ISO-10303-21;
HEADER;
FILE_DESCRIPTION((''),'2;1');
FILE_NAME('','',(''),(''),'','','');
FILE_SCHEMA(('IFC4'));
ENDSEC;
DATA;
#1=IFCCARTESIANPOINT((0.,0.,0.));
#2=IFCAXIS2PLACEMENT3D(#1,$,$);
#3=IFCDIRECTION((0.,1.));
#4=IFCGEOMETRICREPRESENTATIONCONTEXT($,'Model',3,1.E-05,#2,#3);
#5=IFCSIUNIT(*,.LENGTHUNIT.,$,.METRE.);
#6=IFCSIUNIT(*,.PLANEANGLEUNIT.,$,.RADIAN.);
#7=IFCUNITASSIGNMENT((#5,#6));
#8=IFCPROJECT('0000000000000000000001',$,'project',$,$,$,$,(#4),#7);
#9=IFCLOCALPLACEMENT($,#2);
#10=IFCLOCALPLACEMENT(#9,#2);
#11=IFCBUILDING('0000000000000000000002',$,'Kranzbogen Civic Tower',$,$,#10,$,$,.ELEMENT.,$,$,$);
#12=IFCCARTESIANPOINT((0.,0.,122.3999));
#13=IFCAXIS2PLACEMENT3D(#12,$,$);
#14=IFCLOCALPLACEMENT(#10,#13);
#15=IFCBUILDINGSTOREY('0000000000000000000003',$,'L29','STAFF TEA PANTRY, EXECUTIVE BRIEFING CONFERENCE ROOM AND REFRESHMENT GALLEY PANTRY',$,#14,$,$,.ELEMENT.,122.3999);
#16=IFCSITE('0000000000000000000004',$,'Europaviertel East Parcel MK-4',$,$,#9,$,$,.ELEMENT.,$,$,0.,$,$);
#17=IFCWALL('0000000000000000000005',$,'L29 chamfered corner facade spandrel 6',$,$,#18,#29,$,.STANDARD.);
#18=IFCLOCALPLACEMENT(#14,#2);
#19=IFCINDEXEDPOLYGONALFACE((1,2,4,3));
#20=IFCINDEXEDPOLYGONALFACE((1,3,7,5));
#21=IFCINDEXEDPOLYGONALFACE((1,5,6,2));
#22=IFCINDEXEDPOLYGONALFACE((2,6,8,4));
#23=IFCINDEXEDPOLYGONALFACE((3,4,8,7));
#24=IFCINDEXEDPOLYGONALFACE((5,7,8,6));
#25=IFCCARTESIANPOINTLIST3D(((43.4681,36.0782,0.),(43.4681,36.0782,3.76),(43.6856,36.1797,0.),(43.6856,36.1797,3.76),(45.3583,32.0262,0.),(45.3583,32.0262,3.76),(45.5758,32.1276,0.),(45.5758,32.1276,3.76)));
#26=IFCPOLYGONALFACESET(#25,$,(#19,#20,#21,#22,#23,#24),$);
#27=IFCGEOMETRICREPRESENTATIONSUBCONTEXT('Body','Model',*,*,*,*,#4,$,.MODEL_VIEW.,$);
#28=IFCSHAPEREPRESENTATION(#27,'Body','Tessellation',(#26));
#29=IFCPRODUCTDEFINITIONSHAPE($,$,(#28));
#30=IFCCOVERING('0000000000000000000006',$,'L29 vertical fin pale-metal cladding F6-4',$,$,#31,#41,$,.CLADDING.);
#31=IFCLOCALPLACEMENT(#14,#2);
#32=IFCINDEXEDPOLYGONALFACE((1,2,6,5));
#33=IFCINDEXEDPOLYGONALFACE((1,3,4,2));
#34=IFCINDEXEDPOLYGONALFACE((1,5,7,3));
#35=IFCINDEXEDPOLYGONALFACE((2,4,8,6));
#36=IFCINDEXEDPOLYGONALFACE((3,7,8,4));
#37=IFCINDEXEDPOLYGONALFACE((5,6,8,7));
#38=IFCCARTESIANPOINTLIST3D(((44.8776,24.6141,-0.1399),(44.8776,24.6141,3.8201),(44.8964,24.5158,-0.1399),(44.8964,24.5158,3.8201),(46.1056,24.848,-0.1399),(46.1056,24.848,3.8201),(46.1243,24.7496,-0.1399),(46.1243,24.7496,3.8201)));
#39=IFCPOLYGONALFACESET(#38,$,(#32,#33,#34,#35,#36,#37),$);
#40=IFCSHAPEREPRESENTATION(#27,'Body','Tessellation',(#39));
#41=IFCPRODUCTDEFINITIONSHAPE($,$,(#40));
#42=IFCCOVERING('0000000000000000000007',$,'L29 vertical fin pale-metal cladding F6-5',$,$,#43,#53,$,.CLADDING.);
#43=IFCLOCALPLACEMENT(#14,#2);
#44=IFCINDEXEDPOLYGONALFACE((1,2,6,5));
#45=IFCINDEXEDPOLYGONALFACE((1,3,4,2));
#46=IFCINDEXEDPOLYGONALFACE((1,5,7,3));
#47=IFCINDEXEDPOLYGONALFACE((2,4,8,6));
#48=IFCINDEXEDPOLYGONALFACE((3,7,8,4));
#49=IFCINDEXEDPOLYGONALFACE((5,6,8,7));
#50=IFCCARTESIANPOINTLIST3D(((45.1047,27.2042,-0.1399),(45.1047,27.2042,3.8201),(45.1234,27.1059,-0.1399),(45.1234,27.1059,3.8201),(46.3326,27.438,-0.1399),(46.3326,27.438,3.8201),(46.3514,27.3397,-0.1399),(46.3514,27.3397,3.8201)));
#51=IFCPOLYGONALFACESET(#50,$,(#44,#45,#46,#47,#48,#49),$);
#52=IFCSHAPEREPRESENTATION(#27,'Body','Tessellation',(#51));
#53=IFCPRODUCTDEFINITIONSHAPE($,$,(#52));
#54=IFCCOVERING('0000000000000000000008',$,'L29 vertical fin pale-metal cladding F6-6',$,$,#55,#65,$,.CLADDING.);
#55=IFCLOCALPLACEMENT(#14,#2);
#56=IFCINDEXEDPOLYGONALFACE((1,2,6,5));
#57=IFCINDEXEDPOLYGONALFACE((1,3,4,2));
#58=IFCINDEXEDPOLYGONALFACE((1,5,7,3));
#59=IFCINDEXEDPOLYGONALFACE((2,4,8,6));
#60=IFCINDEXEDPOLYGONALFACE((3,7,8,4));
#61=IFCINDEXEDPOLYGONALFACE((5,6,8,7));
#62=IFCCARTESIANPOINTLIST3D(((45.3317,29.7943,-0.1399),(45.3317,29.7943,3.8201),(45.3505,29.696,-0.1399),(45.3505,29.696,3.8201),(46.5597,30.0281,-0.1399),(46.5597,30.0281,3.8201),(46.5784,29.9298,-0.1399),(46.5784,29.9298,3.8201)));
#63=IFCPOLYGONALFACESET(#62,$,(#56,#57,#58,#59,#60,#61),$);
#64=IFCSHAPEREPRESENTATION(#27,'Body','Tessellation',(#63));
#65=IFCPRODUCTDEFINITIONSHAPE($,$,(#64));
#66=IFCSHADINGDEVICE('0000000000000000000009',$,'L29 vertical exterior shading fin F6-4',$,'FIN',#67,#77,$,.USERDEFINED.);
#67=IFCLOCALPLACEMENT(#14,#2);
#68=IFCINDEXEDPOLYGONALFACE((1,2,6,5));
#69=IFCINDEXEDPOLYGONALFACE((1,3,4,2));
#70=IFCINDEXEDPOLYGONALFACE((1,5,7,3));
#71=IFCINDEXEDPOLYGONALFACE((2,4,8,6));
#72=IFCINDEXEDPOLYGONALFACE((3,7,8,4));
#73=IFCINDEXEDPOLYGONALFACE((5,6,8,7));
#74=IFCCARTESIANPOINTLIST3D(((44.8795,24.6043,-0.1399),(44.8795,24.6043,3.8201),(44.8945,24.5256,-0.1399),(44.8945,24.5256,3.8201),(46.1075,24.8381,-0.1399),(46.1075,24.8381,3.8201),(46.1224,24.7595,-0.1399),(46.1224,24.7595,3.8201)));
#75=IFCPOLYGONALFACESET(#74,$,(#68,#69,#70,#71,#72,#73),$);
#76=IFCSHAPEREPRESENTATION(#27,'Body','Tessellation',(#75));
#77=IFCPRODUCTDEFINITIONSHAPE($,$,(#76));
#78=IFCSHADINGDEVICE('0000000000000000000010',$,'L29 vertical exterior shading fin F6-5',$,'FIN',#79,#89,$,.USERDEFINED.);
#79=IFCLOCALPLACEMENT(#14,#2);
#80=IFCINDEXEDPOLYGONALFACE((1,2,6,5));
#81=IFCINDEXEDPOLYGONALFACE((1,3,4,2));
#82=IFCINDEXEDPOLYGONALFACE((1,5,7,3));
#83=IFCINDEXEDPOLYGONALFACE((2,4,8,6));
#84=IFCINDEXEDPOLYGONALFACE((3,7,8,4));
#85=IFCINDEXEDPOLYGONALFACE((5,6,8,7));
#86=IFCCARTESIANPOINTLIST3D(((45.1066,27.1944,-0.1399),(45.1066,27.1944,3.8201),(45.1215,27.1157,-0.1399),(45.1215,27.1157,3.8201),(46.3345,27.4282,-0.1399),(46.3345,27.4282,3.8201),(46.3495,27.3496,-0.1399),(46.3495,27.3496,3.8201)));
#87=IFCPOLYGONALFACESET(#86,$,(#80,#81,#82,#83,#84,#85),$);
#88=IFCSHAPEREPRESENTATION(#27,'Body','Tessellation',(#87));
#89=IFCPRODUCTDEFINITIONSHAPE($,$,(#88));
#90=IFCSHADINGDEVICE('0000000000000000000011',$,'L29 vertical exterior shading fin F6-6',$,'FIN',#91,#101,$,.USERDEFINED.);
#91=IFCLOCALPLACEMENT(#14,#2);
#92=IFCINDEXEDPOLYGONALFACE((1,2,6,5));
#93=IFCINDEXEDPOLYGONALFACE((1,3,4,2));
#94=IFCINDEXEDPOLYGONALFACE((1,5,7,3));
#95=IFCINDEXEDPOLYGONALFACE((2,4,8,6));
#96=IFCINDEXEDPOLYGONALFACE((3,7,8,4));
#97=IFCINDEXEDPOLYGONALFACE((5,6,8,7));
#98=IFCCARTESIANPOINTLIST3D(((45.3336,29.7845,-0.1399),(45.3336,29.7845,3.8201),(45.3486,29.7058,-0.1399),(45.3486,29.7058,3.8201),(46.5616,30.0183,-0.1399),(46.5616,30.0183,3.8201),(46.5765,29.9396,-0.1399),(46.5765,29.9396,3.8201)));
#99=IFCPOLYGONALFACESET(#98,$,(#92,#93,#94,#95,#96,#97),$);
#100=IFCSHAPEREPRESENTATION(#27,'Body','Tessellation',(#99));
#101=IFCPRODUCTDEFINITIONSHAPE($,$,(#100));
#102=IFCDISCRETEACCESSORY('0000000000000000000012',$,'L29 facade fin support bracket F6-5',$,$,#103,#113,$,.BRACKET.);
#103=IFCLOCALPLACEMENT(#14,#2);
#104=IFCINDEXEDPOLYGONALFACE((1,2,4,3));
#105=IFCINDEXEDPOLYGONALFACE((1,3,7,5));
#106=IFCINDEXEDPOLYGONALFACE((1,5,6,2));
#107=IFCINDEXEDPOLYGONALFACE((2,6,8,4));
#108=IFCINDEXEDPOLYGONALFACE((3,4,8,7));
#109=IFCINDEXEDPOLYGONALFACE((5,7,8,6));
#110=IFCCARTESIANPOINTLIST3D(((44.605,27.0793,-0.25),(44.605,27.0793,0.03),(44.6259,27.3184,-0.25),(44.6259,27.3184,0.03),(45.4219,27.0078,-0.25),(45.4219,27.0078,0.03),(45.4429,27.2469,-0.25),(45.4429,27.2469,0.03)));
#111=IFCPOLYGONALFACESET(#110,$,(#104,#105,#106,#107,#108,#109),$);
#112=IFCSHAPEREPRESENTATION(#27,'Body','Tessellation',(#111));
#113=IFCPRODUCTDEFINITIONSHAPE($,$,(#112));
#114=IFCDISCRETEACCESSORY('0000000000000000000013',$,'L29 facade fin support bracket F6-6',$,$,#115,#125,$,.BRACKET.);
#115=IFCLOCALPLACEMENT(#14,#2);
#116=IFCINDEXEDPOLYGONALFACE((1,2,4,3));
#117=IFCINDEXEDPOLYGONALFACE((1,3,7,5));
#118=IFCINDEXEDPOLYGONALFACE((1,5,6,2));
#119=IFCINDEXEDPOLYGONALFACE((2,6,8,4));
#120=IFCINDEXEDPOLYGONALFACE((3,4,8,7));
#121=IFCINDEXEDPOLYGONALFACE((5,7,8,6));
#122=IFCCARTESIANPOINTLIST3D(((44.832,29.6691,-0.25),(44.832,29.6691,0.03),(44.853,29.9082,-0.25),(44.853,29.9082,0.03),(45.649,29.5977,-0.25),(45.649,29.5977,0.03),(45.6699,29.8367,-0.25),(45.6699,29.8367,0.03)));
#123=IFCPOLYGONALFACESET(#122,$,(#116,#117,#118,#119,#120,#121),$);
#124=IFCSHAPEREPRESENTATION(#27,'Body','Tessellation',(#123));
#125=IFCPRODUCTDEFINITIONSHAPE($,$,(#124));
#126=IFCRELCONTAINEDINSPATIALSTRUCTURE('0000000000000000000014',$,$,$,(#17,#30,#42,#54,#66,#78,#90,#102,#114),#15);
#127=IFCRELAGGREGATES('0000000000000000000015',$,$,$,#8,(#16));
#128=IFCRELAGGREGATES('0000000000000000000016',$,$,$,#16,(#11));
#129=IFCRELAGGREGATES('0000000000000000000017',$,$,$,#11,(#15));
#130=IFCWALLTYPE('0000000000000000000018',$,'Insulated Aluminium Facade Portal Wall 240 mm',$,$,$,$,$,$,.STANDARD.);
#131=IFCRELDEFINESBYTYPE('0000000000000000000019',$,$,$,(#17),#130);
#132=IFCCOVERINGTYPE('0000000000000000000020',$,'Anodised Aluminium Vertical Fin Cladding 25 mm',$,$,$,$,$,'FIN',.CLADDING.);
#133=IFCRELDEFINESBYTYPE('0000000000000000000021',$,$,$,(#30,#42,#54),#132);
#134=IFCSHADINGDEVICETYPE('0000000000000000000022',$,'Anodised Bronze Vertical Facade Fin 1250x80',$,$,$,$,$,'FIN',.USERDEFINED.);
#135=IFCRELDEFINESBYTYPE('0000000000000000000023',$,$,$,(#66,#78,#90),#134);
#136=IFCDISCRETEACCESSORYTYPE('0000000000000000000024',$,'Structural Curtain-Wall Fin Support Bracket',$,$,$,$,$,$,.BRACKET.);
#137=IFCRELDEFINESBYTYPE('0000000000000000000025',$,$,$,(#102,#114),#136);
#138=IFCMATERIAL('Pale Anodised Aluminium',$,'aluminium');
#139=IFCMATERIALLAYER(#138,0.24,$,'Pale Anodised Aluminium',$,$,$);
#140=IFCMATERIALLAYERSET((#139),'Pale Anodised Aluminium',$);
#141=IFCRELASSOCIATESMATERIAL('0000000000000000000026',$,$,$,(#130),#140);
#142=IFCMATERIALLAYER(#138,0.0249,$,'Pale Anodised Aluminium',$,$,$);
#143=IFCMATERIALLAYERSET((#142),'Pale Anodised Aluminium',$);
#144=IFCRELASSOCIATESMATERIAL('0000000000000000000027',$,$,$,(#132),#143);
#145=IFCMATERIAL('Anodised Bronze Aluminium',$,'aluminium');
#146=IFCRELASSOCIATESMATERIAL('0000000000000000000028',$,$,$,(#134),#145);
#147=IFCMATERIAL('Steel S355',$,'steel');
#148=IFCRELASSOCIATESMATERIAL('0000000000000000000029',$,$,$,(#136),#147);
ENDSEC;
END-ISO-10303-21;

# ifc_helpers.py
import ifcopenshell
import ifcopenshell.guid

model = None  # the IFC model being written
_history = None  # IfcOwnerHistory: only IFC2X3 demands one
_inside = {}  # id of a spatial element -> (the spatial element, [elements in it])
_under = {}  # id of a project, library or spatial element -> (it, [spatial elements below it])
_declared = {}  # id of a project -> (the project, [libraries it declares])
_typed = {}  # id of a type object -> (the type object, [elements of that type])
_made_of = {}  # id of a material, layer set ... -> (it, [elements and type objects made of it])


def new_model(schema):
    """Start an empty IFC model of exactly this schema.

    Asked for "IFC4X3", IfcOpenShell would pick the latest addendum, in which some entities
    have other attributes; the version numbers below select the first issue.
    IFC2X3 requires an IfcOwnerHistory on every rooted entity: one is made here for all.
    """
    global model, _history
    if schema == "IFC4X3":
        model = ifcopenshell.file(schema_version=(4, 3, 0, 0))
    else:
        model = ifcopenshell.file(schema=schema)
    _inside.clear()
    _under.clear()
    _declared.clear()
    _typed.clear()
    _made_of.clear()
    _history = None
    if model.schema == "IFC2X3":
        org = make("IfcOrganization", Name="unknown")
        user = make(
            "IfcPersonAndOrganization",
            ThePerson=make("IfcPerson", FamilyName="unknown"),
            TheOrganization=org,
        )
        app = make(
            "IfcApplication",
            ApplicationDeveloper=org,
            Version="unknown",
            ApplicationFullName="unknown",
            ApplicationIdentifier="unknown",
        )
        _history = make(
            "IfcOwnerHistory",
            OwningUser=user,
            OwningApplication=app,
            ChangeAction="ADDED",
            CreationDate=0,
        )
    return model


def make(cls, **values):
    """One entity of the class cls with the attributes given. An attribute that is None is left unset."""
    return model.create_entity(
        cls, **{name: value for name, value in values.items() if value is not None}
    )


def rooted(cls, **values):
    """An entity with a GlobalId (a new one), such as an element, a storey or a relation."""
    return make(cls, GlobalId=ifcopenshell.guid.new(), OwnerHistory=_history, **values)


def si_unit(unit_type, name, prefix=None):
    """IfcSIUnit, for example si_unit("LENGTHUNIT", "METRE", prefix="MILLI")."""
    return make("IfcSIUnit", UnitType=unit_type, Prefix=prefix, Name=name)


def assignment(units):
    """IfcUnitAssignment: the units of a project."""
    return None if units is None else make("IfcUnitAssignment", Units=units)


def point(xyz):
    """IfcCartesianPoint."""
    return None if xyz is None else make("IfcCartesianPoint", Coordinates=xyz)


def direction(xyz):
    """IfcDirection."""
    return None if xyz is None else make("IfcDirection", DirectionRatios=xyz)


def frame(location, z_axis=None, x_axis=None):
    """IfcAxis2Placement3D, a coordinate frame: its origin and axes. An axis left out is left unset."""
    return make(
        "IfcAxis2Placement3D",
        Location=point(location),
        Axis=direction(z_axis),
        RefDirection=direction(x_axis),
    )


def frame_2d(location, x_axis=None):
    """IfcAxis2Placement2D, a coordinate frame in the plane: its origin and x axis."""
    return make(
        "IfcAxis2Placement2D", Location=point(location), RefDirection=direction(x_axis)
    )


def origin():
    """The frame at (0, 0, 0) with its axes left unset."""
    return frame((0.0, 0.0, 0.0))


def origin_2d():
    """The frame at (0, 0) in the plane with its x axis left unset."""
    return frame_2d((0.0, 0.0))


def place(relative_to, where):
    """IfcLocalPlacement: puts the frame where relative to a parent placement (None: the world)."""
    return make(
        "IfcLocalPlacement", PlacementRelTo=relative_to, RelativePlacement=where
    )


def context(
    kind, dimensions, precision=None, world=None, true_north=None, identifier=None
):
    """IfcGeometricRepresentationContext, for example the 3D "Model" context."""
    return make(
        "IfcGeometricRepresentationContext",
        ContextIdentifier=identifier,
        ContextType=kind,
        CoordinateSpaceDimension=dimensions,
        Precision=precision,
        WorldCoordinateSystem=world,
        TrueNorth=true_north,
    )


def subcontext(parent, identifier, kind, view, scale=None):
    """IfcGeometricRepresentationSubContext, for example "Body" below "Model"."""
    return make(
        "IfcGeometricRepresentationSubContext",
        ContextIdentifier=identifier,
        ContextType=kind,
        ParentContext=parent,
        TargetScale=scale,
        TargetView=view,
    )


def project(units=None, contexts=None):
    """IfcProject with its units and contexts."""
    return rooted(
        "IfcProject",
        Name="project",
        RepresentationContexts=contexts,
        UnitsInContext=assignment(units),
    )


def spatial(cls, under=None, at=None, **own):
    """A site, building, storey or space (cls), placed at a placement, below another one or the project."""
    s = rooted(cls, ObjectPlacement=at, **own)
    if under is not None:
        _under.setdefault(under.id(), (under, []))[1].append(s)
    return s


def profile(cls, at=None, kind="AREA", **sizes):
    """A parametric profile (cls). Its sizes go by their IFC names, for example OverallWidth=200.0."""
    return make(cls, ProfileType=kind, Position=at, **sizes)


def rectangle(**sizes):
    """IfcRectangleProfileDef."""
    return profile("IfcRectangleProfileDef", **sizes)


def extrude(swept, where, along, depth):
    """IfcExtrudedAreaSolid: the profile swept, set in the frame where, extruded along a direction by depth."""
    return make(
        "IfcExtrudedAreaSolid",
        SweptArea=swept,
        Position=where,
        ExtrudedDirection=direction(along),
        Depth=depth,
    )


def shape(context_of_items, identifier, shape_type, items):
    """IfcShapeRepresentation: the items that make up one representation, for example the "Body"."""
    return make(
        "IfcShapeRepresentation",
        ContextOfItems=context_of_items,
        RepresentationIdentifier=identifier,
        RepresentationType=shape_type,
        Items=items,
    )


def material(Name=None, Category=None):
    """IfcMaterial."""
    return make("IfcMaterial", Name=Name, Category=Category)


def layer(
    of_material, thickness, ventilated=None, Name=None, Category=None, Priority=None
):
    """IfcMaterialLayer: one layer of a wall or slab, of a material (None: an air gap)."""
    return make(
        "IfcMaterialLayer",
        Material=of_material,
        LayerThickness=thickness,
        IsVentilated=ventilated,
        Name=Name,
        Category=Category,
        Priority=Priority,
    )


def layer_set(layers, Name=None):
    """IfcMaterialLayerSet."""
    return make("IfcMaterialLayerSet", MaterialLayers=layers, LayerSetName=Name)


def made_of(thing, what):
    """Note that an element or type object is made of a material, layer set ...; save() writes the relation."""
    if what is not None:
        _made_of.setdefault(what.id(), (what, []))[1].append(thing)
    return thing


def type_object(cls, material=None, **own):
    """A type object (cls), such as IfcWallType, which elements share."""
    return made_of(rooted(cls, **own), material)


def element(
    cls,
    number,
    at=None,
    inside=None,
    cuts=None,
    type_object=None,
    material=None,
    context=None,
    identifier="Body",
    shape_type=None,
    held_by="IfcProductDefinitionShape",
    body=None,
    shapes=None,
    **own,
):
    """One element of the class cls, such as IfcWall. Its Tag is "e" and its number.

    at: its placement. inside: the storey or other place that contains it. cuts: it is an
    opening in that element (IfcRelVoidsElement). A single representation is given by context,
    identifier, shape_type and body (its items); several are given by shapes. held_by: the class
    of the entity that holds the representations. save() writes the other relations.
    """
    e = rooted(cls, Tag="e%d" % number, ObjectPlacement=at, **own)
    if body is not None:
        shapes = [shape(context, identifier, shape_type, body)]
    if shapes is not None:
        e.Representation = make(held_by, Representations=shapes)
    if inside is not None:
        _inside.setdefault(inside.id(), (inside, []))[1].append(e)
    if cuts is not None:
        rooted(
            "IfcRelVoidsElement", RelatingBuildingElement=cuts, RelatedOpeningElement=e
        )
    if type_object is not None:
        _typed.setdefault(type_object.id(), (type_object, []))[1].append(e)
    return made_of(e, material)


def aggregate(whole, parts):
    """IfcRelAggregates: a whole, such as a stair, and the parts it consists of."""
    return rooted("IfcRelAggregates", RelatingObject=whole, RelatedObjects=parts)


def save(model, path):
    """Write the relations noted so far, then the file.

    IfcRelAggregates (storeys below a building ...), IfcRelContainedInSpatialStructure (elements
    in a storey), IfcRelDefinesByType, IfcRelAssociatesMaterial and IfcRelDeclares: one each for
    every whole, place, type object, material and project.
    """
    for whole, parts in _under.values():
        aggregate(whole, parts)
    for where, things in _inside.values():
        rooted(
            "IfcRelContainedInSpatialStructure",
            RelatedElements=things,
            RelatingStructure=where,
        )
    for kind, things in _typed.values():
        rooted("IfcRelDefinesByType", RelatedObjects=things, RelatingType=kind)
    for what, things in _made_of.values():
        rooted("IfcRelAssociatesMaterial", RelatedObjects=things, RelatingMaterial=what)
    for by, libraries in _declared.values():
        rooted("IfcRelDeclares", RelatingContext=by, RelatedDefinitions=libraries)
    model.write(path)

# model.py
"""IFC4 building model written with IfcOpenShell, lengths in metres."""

from ifc_helpers import new_model, si_unit, direction, frame, frame_2d, origin, origin_2d, place, context, subcontext, project, spatial, rectangle, extrude, material, layer, layer_set, type_object, element, save


model = new_model("IFC4")

# Units and contexts
model_context = context("Model", 3, precision=1e-05, world=origin(), true_north=direction((0.0, 1.0)))
body_context = subcontext(model_context, "Body", "Model", "MODEL_VIEW")
ifc_project = project(units=[si_unit("LENGTHUNIT", "METRE"), si_unit("PLANEANGLEUNIT", "RADIAN")], contexts=[model_context])

# Site, building, storey
site_placement = place(None, origin())
site = spatial("IfcSite", under=ifc_project, at=site_placement, Name="Europaviertel East Parcel MK-4", CompositionType="ELEMENT", RefElevation=0.0)
building_placement = place(site_placement, origin())
building = spatial("IfcBuilding", under=site, at=building_placement, Name="Kranzbogen Civic Tower", CompositionType="ELEMENT")
storey_placement = place(building_placement, frame((0.0, 0.0, 122.3999)))
storey = spatial("IfcBuildingStorey", under=building, at=storey_placement, Name="L29", Description="STAFF TEA PANTRY, EXECUTIVE BRIEFING CONFERENCE ROOM AND REFRESHMENT GALLEY PANTRY", CompositionType="ELEMENT", Elevation=122.3999)

# Shared definitions
ifc_material_1 = material(Name="Steel S355", Category="steel")

# Shared definitions
ifc_material_2 = material(Name="Pale Anodised Aluminium", Category="aluminium")

# Wall
ifc_layer_1 = layer(ifc_material_2, 0.24, Name="Pale Anodised Aluminium")
ifc_layer_set_1 = layer_set([ifc_layer_1], Name="Pale Anodised Aluminium")
wall_type_1 = type_object("IfcWallType", Name="Insulated Aluminium Facade Portal Wall 240 mm", PredefinedType="STANDARD", material=ifc_layer_set_1)
wall_1_placement = place(storey_placement, frame((45.467, 32.0769, 0.0), z_axis=(0.0, 0.0, 1.0), x_axis=(-0.422739, 0.906251, 0.0)))
element("IfcWall", 1, at=wall_1_placement, inside=storey, type_object=wall_type_1, Name="L29 chamfered corner facade spandrel 6", PredefinedType="STANDARD", context=body_context, shape_type="SweptSolid", body=[
    extrude(rectangle(XDim=4.4712, YDim=0.24, at=frame_2d((2.2356, 0.0))), origin(), (0.0, 0.0, 1.0), 3.76),
])

# Coverings
ifc_layer_2 = layer(ifc_material_2, 0.0249, Name="Pale Anodised Aluminium")
ifc_layer_set_2 = layer_set([ifc_layer_2], Name="Pale Anodised Aluminium")
covering_type = type_object("IfcCoveringType", Name="Anodised Aluminium Vertical Fin Cladding 25 mm", ElementType="FIN", PredefinedType="CLADDING", material=ifc_layer_set_2)
for number, where, z_axis, x_axis, name in (
    (2, (45.501, 24.6819, -0.1399), (0.0, 0.0, 1.0), (0.982349, 0.187056, 0.0), "L29 vertical fin pale-metal cladding F6-4"),
    (3, (45.728, 27.272, -0.1399), (0.0, 0.0, 1.0), (0.982349, 0.187056, 0.0), "L29 vertical fin pale-metal cladding F6-5"),
    (4, (45.9551, 29.8621, -0.1399), (0.0, 0.0, 1.0), (0.982349, 0.187056, 0.0), "L29 vertical fin pale-metal cladding F6-6"),
):
    element("IfcCovering", number, at=place(storey_placement, frame(where, z_axis=z_axis, x_axis=x_axis)), inside=storey, type_object=covering_type, Name=name, PredefinedType="CLADDING", context=body_context, shape_type="SweptSolid", body=[
        extrude(rectangle(XDim=1.25, YDim=0.1001, at=origin_2d()), origin(), (0.0, 0.0, 1.0), 3.96),
    ])

# Shading devices
ifc_material_3 = material(Name="Anodised Bronze Aluminium", Category="aluminium")
shading_device_type = type_object("IfcShadingDeviceType", Name="Anodised Bronze Vertical Facade Fin 1250x80", ElementType="FIN", PredefinedType="USERDEFINED", material=ifc_material_3)
for number, where, z_axis, x_axis, name in (
    (5, (45.501, 24.6819, -0.1399), (0.0, 0.0, 1.0), (0.982349, 0.187056, 0.0), "L29 vertical exterior shading fin F6-4"),
    (6, (45.728, 27.272, -0.1399), (0.0, 0.0, 1.0), (0.982349, 0.187056, 0.0), "L29 vertical exterior shading fin F6-5"),
    (7, (45.9551, 29.8621, -0.1399), (0.0, 0.0, 1.0), (0.982349, 0.187056, 0.0), "L29 vertical exterior shading fin F6-6"),
):
    element("IfcShadingDevice", number, at=place(storey_placement, frame(where, z_axis=z_axis, x_axis=x_axis)), inside=storey, type_object=shading_device_type, Name=name, ObjectType="FIN", PredefinedType="USERDEFINED", context=body_context, shape_type="SweptSolid", body=[
        extrude(rectangle(XDim=1.25, YDim=0.0801, at=origin_2d()), origin(), (0.0, 0.0, 1.0), 3.96),
    ])

# Discrete accessories
discrete_accessory_type = type_object("IfcDiscreteAccessoryType", Name="Structural Curtain-Wall Fin Support Bracket", PredefinedType="BRACKET", material=ifc_material_1)
for number, where, z_axis, x_axis, name in (
    (8, (45.0239, 27.1631, -0.25), (0.0, 0.0, 1.0), (0.996195, -0.087156, 0.0), "L29 facade fin support bracket F6-5"),
    (9, (45.251, 29.7529, -0.25), (0.0, 0.0, 1.0), (0.996195, -0.087156, 0.0), "L29 facade fin support bracket F6-6"),
):
    element("IfcDiscreteAccessory", number, at=place(storey_placement, frame(where, z_axis=z_axis, x_axis=x_axis)), inside=storey, type_object=discrete_accessory_type, Name=name, PredefinedType="BRACKET", context=body_context, shape_type="SweptSolid", body=[
        extrude(rectangle(XDim=0.8201, YDim=0.24, at=origin_2d()), origin(), (0.0, 0.0, 1.0), 0.28),
    ])

save(model, "model.ifc")
